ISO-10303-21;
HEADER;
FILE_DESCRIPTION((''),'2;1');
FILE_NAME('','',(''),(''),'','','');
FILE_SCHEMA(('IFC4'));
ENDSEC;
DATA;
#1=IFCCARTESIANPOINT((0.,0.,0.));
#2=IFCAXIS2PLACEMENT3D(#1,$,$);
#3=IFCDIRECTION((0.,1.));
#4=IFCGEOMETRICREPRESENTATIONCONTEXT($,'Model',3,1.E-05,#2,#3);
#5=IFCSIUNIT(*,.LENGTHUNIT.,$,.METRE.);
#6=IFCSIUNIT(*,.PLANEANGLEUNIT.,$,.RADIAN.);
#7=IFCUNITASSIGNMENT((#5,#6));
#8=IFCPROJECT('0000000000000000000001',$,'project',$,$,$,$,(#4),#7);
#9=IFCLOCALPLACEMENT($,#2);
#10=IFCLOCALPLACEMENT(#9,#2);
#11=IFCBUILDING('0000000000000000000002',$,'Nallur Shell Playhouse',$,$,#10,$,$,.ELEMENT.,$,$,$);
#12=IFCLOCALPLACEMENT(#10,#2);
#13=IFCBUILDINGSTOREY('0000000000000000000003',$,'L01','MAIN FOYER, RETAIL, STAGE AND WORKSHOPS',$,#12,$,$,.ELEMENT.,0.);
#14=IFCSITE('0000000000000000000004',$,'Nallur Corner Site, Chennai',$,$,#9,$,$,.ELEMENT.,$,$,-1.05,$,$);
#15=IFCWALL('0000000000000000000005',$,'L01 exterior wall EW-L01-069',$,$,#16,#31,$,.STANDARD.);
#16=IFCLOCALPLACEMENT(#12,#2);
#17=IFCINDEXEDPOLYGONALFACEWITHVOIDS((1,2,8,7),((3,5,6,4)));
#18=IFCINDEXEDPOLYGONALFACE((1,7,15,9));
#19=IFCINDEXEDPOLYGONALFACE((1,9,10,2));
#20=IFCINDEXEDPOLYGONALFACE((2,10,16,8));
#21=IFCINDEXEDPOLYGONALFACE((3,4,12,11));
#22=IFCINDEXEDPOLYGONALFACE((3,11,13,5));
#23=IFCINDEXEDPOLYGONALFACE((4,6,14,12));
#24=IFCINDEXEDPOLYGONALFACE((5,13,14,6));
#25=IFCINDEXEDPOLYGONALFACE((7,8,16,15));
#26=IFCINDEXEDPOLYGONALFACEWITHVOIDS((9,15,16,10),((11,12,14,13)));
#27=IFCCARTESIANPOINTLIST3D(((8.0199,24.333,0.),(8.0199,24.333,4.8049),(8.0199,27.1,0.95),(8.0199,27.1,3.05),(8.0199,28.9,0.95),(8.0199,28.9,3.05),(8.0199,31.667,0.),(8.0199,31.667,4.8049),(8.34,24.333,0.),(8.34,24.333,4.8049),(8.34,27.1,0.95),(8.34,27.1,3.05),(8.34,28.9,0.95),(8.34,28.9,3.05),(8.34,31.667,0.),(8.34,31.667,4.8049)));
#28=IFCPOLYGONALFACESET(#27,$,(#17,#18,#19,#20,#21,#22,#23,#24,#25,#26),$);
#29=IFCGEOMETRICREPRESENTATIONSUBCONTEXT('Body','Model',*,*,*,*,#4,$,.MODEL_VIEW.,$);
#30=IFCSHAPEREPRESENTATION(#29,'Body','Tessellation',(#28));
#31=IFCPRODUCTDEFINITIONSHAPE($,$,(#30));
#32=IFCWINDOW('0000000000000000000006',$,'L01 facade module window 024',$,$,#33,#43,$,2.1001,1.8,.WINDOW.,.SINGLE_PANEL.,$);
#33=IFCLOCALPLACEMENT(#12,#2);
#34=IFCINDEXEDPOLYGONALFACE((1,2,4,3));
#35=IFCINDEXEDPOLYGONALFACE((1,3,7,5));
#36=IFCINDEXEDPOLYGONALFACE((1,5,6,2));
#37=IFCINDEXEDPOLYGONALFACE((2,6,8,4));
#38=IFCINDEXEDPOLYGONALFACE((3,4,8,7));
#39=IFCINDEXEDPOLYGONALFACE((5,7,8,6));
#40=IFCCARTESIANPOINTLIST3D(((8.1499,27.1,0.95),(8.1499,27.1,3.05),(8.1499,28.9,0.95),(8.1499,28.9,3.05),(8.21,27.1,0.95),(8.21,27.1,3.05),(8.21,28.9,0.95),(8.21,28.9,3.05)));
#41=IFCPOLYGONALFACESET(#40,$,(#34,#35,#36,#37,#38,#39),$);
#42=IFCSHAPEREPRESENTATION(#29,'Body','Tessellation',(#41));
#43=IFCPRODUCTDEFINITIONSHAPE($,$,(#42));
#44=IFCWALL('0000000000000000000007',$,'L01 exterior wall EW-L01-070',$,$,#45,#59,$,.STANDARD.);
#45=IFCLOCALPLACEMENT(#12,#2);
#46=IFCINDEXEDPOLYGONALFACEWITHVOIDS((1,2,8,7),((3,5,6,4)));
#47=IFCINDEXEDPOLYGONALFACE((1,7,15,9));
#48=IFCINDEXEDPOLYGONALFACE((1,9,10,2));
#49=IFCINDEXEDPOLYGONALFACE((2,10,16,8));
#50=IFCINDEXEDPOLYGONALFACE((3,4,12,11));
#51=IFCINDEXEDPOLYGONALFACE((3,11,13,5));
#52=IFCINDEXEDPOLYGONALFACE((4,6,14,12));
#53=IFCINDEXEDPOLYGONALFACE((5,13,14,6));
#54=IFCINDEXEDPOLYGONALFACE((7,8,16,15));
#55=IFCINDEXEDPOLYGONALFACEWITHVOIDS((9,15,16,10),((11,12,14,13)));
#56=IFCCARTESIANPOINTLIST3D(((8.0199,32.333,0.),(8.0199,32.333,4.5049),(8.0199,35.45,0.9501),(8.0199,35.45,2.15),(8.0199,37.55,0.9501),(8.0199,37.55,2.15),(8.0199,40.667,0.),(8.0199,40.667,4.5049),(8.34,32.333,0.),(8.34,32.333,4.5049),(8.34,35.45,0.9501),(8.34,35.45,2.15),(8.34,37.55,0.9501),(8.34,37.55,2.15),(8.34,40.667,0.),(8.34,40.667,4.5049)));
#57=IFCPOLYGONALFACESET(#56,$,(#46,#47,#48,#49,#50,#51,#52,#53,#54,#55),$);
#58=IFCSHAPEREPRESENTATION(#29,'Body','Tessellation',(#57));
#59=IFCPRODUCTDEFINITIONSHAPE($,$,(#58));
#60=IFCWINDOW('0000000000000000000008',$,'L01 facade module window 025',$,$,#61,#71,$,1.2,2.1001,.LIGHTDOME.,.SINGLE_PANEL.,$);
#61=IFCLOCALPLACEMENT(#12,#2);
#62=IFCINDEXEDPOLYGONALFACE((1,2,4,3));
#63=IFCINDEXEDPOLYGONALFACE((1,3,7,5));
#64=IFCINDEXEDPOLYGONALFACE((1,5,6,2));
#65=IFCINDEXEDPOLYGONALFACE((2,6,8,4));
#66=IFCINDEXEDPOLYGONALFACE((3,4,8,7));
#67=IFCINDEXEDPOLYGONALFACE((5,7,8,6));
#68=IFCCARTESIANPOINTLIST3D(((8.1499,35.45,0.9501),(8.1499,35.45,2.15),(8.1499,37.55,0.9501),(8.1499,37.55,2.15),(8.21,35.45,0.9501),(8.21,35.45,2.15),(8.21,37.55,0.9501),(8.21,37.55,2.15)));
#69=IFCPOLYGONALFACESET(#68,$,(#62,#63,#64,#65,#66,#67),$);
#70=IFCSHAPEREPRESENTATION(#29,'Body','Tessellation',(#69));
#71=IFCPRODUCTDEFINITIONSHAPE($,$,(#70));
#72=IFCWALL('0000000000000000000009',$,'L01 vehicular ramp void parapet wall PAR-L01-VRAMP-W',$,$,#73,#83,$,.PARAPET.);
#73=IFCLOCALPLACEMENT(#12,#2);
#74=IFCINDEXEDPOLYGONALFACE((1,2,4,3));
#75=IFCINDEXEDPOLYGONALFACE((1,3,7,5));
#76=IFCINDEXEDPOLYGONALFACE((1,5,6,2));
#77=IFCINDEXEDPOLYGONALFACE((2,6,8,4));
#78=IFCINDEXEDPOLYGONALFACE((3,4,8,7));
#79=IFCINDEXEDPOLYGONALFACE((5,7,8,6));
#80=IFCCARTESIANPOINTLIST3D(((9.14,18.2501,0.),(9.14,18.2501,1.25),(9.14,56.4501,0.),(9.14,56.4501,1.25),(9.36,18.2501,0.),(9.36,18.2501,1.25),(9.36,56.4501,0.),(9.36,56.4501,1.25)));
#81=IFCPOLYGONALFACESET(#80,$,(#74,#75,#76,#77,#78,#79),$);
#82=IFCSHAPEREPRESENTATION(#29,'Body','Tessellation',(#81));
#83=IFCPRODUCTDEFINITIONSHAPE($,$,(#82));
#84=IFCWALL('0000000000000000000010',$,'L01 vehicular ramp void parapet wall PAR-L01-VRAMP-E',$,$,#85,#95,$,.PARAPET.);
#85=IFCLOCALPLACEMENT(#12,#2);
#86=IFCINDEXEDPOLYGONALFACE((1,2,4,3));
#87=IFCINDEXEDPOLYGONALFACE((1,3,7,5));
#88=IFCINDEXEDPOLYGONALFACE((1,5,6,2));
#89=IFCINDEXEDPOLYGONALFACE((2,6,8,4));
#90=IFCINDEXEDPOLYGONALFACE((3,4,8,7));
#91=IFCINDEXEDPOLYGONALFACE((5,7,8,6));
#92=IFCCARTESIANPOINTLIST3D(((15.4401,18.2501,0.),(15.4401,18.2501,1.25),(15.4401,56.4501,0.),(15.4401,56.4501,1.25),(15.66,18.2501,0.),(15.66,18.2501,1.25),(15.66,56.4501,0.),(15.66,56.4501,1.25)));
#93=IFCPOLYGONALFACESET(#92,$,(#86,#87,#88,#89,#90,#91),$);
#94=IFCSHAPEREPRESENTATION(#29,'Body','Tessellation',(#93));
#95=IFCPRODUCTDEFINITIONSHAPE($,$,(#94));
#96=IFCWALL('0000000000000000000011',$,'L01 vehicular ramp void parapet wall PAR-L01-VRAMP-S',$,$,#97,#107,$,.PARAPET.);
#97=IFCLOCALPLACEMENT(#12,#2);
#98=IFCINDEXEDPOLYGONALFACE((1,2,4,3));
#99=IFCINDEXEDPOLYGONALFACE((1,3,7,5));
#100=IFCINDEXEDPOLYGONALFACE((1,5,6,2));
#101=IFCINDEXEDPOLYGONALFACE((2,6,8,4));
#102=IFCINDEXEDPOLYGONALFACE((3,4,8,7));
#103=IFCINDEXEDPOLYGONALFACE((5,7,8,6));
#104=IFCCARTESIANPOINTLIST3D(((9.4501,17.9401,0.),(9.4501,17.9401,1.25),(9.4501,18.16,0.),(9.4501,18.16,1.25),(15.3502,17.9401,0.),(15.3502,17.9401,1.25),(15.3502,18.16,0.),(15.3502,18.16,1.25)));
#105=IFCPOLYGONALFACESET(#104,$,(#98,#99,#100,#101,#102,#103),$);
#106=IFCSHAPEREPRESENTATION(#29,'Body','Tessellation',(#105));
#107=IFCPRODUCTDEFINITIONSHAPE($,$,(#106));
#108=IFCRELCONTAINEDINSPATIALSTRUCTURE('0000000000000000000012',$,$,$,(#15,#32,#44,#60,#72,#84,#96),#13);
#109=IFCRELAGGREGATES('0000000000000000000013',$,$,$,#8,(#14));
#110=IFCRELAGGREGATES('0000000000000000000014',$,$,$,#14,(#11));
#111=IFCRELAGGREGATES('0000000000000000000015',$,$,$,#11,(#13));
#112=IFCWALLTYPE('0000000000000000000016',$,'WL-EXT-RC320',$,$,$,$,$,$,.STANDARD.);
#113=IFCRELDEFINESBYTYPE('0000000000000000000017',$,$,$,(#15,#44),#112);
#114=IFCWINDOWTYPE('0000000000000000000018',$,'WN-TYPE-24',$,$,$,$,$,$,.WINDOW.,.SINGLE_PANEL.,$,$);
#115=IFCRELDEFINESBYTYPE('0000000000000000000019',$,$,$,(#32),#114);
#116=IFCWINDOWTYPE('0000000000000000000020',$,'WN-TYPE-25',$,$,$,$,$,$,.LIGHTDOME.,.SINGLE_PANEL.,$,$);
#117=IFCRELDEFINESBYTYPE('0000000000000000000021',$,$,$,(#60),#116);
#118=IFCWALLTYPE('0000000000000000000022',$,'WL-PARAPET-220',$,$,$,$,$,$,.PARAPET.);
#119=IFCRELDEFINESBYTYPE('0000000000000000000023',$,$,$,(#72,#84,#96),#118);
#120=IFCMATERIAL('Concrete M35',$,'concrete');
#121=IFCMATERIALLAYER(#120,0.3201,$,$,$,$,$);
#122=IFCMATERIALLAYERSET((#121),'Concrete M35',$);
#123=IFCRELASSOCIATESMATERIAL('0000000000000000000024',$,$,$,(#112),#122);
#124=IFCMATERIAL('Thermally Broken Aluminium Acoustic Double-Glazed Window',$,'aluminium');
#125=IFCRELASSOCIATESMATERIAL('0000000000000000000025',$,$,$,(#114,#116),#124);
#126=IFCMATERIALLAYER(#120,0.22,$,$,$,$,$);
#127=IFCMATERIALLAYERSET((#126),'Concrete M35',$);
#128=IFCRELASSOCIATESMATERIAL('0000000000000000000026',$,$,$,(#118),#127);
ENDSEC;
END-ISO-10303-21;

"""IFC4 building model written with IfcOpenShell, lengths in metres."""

from ifc_helpers import new_model, si_unit, direction, frame, frame_2d, origin, place, context, subcontext, project, spatial, rectangle, extrude, material, layer, layer_set, type_object, element, fill, save


model = new_model("IFC4")

# Units and contexts
model_context = context("Model", 3, precision=1e-05, world=origin(), true_north=direction((0.0, 1.0)))
body_context = subcontext(model_context, "Body", "Model", "MODEL_VIEW")
ifc_project = project(units=[si_unit("LENGTHUNIT", "METRE"), si_unit("PLANEANGLEUNIT", "RADIAN")], contexts=[model_context])

# Site, building, storey
site_placement = place(None, origin())
site = spatial("IfcSite", under=ifc_project, at=site_placement, Name="Nallur Corner Site, Chennai", CompositionType="ELEMENT", RefElevation=-1.05)
building_placement = place(site_placement, origin())
building = spatial("IfcBuilding", under=site, at=building_placement, Name="Nallur Shell Playhouse", CompositionType="ELEMENT")
storey_placement = place(building_placement, origin())
storey = spatial("IfcBuildingStorey", under=building, at=storey_placement, Name="L01", Description="MAIN FOYER, RETAIL, STAGE AND WORKSHOPS", CompositionType="ELEMENT", Elevation=0.0)

# Shared definitions
ifc_material_1 = material(Name="Concrete M35", Category="concrete")

# Walls, openings, windows
ifc_layer_1 = layer(ifc_material_1, 0.3201)
ifc_layer_set_1 = layer_set([ifc_layer_1], Name="Concrete M35")
wall_type_1 = type_object("IfcWallType", Name="WL-EXT-RC320", PredefinedType="STANDARD", material=ifc_layer_set_1)
wall_1_placement = place(storey_placement, frame((8.1799, 24.333, 0.0), z_axis=(0.0, 0.0, 1.0), x_axis=(0.0, 1.0, 0.0)))
wall_1 = element("IfcWall", 1, at=wall_1_placement, inside=storey, type_object=wall_type_1, Name="L01 exterior wall EW-L01-069", PredefinedType="STANDARD", context=body_context, shape_type="SweptSolid", body=[
    extrude(rectangle(XDim=7.334, YDim=0.3201, at=frame_2d((3.667, 0.0))), origin(), (0.0, 0.0, 1.0), 4.8049),
])
opening_1_placement = place(wall_1_placement, frame((2.7671, 0.0, 0.95)))
opening_1 = element("IfcOpeningElement", 2, at=opening_1_placement, cuts=wall_1, PredefinedType="OPENING", context=body_context, shape_type="SweptSolid", body=[
    extrude(rectangle(XDim=1.8, YDim=2.1001, at=frame_2d((0.8999, 1.05))), frame((0.0, 0.1699, 0.0), z_axis=(0.0, -1.0, 0.0), x_axis=(1.0, 0.0, 0.0)), (0.0, 0.0, 1.0), 0.3401),
])
ifc_material_2 = material(Name="Thermally Broken Aluminium Acoustic Double-Glazed Window", Category="aluminium")
window_type_1 = type_object("IfcWindowType", Name="WN-TYPE-24", PartitioningType="SINGLE_PANEL", PredefinedType="WINDOW", material=ifc_material_2)
window_1_placement = place(opening_1_placement, origin())
window_1 = element("IfcWindow", 3, at=window_1_placement, inside=storey, type_object=window_type_1, Name="L01 facade module window 024", OverallHeight=2.1001, OverallWidth=1.8, PartitioningType="SINGLE_PANEL", PredefinedType="WINDOW", context=body_context, shape_type="SweptSolid", body=[
    extrude(rectangle(XDim=1.8, YDim=2.1001, at=frame_2d((0.8999, 1.05))), frame((0.0, 0.03, 0.0), z_axis=(0.0, -1.0, 0.0), x_axis=(1.0, 0.0, 0.0)), (0.0, 0.0, 1.0), 0.0601),
])
fill(opening_1, window_1)
wall_2_placement = place(storey_placement, frame((8.1799, 32.333, 0.0), z_axis=(0.0, 0.0, 1.0), x_axis=(0.0, 1.0, 0.0)))
wall_2 = element("IfcWall", 4, at=wall_2_placement, inside=storey, type_object=wall_type_1, Name="L01 exterior wall EW-L01-070", PredefinedType="STANDARD", context=body_context, shape_type="SweptSolid", body=[
    extrude(rectangle(XDim=8.334, YDim=0.3201, at=frame_2d((4.167, 0.0))), origin(), (0.0, 0.0, 1.0), 4.5049),
])
opening_2_placement = place(wall_2_placement, frame((3.1169, 0.0, 0.95)))
opening_2 = element("IfcOpeningElement", 5, at=opening_2_placement, cuts=wall_2, PredefinedType="OPENING", context=body_context, shape_type="SweptSolid", body=[
    extrude(rectangle(XDim=2.1001, YDim=1.2, at=frame_2d((1.05, 0.6001))), frame((0.0, 0.1699, 0.0), z_axis=(0.0, -1.0, 0.0), x_axis=(1.0, 0.0, 0.0)), (0.0, 0.0, 1.0), 0.3401),
])
window_type_2 = type_object("IfcWindowType", Name="WN-TYPE-25", PartitioningType="SINGLE_PANEL", PredefinedType="LIGHTDOME", material=ifc_material_2)
window_2_placement = place(opening_2_placement, origin())
window_2 = element("IfcWindow", 6, at=window_2_placement, inside=storey, type_object=window_type_2, Name="L01 facade module window 025", OverallHeight=1.2, OverallWidth=2.1001, PartitioningType="SINGLE_PANEL", PredefinedType="LIGHTDOME", context=body_context, shape_type="SweptSolid", body=[
    extrude(rectangle(XDim=2.1001, YDim=1.2, at=frame_2d((1.05, 0.6001))), frame((0.0, 0.03, 0.0), z_axis=(0.0, -1.0, 0.0), x_axis=(1.0, 0.0, 0.0)), (0.0, 0.0, 1.0), 0.0601),
])
fill(opening_2, window_2)

# Walls
ifc_layer_2 = layer(ifc_material_1, 0.22)
ifc_layer_set_2 = layer_set([ifc_layer_2], Name="Concrete M35")
wall_type_2 = type_object("IfcWallType", Name="WL-PARAPET-220", PredefinedType="PARAPET", material=ifc_layer_set_2)
for number, where, z_axis, x_axis, name in (
    (7, (9.25, 18.25, 0.0), (0.0, 0.0, 1.0), (0.0, 1.0, 0.0), "L01 vehicular ramp void parapet wall PAR-L01-VRAMP-W"),
    (8, (15.55, 18.25, 0.0), (0.0, 0.0, 1.0), (0.0, 1.0, 0.0), "L01 vehicular ramp void parapet wall PAR-L01-VRAMP-E"),
):
    element("IfcWall", number, at=place(storey_placement, frame(where, z_axis=z_axis, x_axis=x_axis)), inside=storey, type_object=wall_type_2, Name=name, PredefinedType="PARAPET", context=body_context, shape_type="SweptSolid", body=[
        extrude(rectangle(XDim=38.2, YDim=0.22, at=frame_2d((19.1001, 0.0))), origin(), (0.0, 0.0, 1.0), 1.25),
    ])
wall_3_placement = place(storey_placement, frame((9.45, 18.05, 0.0), z_axis=(0.0, 0.0, 1.0), x_axis=(1.0, 0.0, 0.0)))
element("IfcWall", 9, at=wall_3_placement, inside=storey, type_object=wall_type_2, Name="L01 vehicular ramp void parapet wall PAR-L01-VRAMP-S", PredefinedType="PARAPET", context=body_context, shape_type="SweptSolid", body=[
    extrude(rectangle(XDim=5.9001, YDim=0.22, at=frame_2d((2.9502, 0.0))), origin(), (0.0, 0.0, 1.0), 1.25),
])

save(model, "model.ifc")
